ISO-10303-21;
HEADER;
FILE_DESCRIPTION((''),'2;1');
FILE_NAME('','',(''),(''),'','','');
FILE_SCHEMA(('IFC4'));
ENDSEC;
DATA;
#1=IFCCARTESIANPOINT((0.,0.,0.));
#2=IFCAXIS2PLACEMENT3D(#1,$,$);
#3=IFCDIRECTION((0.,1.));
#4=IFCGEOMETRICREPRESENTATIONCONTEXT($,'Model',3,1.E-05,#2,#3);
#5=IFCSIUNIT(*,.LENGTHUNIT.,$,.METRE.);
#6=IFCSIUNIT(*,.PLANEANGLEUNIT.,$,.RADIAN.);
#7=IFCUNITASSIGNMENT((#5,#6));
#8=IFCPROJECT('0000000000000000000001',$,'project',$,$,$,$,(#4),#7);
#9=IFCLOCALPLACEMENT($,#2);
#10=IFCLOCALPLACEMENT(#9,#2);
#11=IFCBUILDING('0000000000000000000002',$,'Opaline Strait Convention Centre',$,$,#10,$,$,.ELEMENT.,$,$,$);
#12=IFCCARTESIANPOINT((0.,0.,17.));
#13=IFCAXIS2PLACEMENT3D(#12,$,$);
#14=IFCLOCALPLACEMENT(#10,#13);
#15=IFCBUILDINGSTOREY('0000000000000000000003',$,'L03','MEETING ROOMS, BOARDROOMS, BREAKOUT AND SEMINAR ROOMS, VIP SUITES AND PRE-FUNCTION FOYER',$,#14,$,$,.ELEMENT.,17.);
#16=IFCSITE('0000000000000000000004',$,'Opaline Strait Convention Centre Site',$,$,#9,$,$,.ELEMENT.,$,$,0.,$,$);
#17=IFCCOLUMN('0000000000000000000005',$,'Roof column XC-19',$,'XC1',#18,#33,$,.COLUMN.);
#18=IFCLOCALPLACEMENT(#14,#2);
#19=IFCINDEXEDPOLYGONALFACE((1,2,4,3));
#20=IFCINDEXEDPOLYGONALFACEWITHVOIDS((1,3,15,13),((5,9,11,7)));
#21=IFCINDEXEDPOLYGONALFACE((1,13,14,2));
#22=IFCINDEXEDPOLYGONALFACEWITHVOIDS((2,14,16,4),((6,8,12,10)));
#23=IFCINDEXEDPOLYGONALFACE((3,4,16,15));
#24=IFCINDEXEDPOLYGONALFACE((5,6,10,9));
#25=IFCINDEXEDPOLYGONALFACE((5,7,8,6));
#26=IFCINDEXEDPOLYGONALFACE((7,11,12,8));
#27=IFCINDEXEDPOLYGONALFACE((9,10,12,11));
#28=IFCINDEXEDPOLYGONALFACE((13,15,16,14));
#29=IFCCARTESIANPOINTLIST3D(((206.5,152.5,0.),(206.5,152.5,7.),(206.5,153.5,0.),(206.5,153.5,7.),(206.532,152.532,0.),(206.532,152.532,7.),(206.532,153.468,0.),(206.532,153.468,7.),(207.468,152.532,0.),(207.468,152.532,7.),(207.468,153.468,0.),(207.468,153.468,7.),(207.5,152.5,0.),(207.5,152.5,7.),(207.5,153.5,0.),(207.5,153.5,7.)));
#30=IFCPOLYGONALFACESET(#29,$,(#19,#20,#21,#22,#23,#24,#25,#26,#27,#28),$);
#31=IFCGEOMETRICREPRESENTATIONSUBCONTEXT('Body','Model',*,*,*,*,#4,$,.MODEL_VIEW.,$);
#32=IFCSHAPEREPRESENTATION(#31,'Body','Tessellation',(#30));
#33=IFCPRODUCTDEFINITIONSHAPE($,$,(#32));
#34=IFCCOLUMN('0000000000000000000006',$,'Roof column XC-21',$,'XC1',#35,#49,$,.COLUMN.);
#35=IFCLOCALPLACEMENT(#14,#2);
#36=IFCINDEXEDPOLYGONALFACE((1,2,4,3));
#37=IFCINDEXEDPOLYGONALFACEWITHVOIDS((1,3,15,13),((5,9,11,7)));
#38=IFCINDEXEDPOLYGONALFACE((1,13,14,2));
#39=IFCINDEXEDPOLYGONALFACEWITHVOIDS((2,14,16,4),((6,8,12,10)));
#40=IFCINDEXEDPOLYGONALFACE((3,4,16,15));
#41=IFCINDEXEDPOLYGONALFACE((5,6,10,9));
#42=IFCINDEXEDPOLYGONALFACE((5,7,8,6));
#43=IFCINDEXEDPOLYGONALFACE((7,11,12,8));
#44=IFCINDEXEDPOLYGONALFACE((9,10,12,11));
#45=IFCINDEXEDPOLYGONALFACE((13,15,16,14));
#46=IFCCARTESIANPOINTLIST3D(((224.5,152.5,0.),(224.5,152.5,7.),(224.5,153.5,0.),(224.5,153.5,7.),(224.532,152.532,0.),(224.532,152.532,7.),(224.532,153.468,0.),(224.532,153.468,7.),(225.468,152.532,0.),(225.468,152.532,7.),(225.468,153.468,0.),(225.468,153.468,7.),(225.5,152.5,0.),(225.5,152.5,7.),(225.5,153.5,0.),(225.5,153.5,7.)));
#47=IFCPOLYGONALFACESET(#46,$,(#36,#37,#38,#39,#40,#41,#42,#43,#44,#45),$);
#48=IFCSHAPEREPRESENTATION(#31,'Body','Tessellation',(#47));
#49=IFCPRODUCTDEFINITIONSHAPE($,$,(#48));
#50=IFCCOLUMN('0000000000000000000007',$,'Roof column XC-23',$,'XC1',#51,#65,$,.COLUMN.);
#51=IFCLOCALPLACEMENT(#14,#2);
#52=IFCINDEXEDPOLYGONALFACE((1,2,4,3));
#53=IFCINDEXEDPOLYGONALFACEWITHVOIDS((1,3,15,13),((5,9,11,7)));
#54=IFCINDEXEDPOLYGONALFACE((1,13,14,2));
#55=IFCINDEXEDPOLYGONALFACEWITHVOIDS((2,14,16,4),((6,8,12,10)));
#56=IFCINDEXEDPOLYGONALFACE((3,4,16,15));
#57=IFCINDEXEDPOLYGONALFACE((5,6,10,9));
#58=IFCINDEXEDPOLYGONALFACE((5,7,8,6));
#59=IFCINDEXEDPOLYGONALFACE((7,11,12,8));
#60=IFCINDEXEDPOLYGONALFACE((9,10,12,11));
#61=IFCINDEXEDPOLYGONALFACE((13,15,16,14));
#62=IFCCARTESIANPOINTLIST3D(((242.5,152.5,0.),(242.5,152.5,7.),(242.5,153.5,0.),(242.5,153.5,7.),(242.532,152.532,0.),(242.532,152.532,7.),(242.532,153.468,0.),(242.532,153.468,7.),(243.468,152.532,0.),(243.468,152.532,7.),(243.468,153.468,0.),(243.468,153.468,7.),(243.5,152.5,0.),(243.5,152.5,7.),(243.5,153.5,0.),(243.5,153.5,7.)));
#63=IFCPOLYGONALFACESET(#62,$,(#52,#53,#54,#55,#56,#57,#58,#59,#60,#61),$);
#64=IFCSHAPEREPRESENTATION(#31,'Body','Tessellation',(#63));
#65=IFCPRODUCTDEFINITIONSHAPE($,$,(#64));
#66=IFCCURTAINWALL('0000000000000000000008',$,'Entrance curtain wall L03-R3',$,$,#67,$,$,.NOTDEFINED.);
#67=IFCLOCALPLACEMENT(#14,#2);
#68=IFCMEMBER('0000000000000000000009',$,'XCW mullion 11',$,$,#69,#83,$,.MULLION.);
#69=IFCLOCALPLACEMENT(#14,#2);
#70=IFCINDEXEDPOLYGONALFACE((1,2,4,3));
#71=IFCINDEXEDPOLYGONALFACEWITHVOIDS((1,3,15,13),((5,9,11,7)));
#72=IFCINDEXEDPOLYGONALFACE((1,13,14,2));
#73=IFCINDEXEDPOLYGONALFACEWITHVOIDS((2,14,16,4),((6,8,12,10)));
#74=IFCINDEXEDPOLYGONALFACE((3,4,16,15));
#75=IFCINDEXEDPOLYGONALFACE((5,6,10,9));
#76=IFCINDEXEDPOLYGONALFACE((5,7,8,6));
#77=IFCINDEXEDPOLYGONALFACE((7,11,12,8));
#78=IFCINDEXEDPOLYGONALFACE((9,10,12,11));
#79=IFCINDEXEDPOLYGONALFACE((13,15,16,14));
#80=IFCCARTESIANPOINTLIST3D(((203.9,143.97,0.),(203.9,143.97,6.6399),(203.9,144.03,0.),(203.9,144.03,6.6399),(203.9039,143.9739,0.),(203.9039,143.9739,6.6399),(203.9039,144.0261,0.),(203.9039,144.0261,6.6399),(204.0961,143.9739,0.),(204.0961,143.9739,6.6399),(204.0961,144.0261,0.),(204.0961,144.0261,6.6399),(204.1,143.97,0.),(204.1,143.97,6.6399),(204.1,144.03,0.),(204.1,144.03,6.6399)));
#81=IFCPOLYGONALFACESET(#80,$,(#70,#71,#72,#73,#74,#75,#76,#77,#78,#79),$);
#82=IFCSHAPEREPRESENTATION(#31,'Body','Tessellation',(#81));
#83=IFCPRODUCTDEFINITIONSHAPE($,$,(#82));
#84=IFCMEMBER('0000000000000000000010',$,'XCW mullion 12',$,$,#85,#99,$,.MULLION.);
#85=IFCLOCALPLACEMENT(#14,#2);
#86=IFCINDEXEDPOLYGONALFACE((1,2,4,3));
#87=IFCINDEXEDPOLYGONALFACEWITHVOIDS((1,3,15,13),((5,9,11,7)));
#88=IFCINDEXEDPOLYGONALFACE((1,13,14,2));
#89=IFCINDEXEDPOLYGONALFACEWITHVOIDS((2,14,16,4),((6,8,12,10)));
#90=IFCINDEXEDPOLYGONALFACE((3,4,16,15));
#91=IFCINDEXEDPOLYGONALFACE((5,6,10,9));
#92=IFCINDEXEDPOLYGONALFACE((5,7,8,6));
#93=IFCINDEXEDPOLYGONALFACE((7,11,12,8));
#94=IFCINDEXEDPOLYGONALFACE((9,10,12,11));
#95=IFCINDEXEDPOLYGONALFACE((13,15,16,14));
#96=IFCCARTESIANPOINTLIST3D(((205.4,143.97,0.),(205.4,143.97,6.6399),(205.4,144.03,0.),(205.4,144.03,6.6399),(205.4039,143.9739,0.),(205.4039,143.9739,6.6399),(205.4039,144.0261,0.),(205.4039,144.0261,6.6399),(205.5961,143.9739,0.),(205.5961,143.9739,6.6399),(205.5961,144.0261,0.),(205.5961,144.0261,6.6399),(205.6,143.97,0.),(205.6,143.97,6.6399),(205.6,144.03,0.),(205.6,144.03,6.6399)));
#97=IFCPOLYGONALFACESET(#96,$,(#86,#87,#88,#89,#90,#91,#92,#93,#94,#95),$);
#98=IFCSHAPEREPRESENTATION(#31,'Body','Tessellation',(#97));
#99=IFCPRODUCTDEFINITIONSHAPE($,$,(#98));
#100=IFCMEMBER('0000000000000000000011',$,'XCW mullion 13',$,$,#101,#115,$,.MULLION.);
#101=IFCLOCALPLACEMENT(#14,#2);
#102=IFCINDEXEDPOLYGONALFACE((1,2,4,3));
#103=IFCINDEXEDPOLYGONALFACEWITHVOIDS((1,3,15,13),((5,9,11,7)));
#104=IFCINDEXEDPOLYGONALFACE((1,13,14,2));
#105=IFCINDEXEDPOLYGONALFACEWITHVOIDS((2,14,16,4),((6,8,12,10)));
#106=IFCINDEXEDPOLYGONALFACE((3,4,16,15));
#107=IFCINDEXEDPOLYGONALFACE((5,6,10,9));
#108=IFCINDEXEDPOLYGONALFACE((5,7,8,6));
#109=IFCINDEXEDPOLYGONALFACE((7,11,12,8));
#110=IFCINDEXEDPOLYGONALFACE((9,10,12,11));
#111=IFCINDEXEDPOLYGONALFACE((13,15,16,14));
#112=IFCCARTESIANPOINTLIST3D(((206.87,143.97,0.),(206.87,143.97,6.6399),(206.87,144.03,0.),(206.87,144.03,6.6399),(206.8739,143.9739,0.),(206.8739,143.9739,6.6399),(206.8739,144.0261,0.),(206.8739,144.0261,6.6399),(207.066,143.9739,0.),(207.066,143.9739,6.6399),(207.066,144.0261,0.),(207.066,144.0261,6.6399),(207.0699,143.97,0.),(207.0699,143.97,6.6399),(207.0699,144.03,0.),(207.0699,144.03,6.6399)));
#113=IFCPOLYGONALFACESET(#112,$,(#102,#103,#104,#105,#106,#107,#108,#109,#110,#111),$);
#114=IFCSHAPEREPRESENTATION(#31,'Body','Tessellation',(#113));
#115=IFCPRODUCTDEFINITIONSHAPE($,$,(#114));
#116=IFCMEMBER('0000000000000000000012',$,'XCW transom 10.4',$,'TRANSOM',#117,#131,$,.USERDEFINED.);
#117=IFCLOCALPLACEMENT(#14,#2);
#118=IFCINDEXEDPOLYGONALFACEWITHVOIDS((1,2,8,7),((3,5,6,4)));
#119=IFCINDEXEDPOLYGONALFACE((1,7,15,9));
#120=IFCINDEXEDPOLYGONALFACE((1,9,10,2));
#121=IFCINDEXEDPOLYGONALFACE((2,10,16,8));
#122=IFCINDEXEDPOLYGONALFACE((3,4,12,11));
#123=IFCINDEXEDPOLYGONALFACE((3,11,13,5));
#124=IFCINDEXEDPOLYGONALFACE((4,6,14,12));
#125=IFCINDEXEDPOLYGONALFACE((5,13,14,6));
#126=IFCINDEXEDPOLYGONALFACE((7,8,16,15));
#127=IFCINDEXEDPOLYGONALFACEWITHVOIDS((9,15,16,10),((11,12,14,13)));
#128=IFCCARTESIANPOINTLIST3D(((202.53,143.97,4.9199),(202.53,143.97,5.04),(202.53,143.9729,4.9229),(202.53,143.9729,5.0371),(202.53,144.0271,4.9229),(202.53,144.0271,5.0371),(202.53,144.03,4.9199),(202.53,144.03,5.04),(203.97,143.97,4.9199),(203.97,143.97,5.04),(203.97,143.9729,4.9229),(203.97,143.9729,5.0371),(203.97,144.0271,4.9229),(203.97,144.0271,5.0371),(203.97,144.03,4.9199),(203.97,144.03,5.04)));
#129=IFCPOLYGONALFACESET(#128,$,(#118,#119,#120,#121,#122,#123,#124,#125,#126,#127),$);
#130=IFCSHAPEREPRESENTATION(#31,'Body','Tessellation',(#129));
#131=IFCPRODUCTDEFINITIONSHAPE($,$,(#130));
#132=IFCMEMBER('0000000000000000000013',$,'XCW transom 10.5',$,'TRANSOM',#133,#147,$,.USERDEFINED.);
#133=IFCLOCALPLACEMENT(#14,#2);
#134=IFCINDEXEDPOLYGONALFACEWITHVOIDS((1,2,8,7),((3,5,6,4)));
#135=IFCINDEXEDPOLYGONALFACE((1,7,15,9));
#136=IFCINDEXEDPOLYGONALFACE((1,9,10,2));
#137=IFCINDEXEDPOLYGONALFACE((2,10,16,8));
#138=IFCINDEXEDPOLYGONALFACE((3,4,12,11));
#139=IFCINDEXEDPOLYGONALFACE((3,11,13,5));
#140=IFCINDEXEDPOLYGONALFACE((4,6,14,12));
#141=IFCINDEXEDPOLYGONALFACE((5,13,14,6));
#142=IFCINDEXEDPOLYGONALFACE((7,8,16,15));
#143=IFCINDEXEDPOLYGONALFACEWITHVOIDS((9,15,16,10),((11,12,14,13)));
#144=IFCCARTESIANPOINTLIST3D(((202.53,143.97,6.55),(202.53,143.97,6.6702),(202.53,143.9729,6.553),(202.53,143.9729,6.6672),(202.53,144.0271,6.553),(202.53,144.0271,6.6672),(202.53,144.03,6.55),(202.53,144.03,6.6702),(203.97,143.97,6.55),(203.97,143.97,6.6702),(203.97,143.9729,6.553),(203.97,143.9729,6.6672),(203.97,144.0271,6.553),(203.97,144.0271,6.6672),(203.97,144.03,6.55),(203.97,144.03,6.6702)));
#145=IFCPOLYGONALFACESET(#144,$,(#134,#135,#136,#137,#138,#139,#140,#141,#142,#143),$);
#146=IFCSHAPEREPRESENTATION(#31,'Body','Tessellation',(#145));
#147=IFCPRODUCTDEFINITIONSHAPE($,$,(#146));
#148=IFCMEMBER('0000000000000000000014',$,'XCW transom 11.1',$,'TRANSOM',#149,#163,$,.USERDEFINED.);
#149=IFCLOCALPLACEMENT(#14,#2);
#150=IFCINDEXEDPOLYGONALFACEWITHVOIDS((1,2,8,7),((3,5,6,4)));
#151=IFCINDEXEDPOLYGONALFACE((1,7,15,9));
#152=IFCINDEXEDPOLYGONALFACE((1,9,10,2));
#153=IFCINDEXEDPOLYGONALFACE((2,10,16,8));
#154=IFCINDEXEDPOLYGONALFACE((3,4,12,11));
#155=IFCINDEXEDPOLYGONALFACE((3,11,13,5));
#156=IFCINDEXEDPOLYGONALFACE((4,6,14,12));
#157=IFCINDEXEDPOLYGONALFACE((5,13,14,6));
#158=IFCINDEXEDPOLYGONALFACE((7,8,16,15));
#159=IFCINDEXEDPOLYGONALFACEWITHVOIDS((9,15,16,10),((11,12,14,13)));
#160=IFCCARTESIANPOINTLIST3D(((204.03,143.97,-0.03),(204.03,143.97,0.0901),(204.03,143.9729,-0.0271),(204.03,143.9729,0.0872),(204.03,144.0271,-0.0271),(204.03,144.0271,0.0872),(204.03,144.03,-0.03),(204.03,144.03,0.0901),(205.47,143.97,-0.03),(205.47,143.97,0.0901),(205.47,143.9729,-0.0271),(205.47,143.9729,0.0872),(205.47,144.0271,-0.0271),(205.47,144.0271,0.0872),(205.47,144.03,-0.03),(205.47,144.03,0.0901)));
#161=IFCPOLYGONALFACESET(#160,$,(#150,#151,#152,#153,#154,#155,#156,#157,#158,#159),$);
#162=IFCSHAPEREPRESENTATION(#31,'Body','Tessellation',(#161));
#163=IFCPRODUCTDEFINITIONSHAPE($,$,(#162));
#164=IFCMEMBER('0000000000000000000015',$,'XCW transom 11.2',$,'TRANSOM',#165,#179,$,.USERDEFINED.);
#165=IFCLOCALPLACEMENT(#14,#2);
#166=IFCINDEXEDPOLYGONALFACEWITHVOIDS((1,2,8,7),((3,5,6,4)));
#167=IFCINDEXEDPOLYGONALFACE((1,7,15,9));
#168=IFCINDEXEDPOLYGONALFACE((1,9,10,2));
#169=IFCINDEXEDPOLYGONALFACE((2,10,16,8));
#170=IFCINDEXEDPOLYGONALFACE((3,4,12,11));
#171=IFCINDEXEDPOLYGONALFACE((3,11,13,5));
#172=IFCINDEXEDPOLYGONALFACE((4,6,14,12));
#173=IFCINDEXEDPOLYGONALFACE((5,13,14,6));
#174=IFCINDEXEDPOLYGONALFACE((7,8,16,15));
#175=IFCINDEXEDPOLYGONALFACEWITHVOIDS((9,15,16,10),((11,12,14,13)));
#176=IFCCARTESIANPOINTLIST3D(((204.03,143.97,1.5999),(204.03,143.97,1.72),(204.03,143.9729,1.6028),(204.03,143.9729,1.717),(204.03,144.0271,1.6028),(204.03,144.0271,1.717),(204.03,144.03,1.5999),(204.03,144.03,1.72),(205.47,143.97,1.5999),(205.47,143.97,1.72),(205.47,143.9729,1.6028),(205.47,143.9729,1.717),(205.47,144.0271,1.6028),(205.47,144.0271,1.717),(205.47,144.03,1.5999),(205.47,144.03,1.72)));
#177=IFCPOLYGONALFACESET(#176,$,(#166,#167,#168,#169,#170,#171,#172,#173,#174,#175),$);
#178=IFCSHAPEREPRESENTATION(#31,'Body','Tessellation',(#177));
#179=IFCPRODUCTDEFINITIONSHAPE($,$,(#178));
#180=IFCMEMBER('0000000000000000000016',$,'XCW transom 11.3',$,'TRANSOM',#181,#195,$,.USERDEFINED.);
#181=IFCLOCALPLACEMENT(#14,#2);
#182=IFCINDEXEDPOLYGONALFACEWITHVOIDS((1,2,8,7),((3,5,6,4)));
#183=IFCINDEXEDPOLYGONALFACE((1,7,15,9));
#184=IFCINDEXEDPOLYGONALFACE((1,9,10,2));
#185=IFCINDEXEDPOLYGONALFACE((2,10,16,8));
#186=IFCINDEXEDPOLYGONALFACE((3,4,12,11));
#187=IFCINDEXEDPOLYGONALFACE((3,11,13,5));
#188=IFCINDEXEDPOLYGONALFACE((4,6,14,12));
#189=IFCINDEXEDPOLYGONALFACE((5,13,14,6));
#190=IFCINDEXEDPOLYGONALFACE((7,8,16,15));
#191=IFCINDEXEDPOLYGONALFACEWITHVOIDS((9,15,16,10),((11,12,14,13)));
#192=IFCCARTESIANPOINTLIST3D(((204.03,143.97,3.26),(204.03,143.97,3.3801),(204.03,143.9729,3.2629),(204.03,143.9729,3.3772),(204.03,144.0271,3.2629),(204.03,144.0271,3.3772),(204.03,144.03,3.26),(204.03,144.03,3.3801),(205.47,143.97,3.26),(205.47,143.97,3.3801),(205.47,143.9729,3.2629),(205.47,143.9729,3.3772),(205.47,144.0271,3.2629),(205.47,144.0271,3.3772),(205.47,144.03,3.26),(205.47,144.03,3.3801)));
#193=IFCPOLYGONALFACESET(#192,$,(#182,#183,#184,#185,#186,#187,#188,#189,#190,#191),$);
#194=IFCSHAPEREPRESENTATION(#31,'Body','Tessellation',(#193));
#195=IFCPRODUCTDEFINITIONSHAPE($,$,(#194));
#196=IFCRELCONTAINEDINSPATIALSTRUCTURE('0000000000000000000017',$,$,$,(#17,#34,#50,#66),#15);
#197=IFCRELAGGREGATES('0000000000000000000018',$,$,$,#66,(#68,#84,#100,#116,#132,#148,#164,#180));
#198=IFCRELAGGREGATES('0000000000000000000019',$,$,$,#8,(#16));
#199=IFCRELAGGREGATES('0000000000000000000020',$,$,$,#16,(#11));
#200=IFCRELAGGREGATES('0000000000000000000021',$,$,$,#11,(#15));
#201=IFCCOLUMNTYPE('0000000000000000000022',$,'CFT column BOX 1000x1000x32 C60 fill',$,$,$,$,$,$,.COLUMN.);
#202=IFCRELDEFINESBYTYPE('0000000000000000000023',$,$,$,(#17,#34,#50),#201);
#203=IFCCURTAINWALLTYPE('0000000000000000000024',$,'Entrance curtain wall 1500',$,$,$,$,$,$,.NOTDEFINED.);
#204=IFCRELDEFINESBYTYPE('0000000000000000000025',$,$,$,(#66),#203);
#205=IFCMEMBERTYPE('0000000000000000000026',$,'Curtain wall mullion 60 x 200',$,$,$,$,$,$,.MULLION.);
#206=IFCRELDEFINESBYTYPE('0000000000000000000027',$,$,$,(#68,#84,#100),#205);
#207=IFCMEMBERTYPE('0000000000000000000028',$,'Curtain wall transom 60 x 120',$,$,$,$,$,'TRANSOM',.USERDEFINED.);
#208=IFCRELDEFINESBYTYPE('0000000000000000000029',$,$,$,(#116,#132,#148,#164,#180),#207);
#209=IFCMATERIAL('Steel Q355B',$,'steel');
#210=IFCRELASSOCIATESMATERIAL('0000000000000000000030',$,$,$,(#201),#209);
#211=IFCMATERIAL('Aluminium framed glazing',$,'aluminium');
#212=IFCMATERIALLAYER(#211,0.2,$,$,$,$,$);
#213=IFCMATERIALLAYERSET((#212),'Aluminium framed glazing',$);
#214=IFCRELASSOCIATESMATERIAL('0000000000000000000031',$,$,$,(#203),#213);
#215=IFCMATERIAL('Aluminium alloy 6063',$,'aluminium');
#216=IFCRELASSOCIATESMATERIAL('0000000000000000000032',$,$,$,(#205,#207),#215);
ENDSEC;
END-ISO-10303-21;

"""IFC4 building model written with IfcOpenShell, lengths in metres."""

from ifc_helpers import new_model, si_unit, direction, frame, origin, origin_2d, place, context, subcontext, project, spatial, hollow_rectangle, extrude, material, layer, layer_set, material_profile, profile_set, type_object, element, aggregate, save


model = new_model("IFC4")

# Units and contexts
model_context = context("Model", 3, precision=1e-05, world=origin(), true_north=direction((0.0, 1.0)))
body_context = subcontext(model_context, "Body", "Model", "MODEL_VIEW")
ifc_project = project(units=[si_unit("LENGTHUNIT", "METRE"), si_unit("PLANEANGLEUNIT", "RADIAN")], contexts=[model_context])

# Site, building, storey
site_placement = place(None, origin())
site = spatial("IfcSite", under=ifc_project, at=site_placement, Name="Opaline Strait Convention Centre Site", CompositionType="ELEMENT", RefElevation=0.0)
building_placement = place(site_placement, origin())
building = spatial("IfcBuilding", under=site, at=building_placement, Name="Opaline Strait Convention Centre", CompositionType="ELEMENT")
storey_placement = place(building_placement, frame((0.0, 0.0, 17.0)))
storey = spatial("IfcBuildingStorey", under=building, at=storey_placement, Name="L03", Description="MEETING ROOMS, BOARDROOMS, BREAKOUT AND SEMINAR ROOMS, VIP SUITES AND PRE-FUNCTION FOYER", CompositionType="ELEMENT", Elevation=17.0)

# Columns
ifc_material_1 = material(Name="Steel Q355B", Category="steel")
ifc_material_profile_1 = material_profile(ifc_material_1, hollow_rectangle(XDim=1.0, YDim=1.0, WallThickness=0.032, at=origin_2d()), Name="BOX 1000x1000x32")
ifc_profile_set_1 = profile_set([ifc_material_profile_1], Name="Steel Q355B")
column_type = type_object("IfcColumnType", Name="CFT column BOX 1000x1000x32 C60 fill", PredefinedType="COLUMN", material=ifc_profile_set_1)
for number, where, z_axis, x_axis, name in (
    (1, (207.0, 153.0, 0.0), (0.0, 0.0, 1.0), (1.0, 0.0, 0.0), "Roof column XC-19"),
    (2, (225.0, 153.0, 0.0), (0.0, 0.0, 1.0), (1.0, 0.0, 0.0), "Roof column XC-21"),
    (3, (243.0, 153.0, 0.0), (0.0, 0.0, 1.0), (1.0, 0.0, 0.0), "Roof column XC-23"),
):
    element("IfcColumn", number, at=place(storey_placement, frame(where, z_axis=z_axis, x_axis=x_axis)), inside=storey, type_object=column_type, Name=name, ObjectType="XC1", PredefinedType="COLUMN", context=body_context, shape_type="SweptSolid", body=[
        extrude(hollow_rectangle(XDim=1.0, YDim=1.0, WallThickness=0.032, at=origin_2d()), origin(), (0.0, 0.0, 1.0), 7.0),
    ])

# Curtain wall, members
ifc_material_2 = material(Name="Aluminium framed glazing", Category="aluminium")
ifc_layer_1 = layer(ifc_material_2, 0.2)
ifc_layer_set_1 = layer_set([ifc_layer_1], Name="Aluminium framed glazing")
curtain_wall_type = type_object("IfcCurtainWallType", Name="Entrance curtain wall 1500", PredefinedType="NOTDEFINED", material=ifc_layer_set_1)
curtain_wall_placement = place(storey_placement, origin())
curtain_wall = element("IfcCurtainWall", 4, at=curtain_wall_placement, inside=storey, type_object=curtain_wall_type, Name="Entrance curtain wall L03-R3", PredefinedType="NOTDEFINED")
ifc_material_3 = material(Name="Aluminium alloy 6063", Category="aluminium")
ifc_material_profile_2 = material_profile(ifc_material_3, hollow_rectangle(XDim=0.0601, YDim=0.2, WallThickness=0.0039, at=origin_2d()), Name="MULLION 60x200x4")
ifc_profile_set_2 = profile_set([ifc_material_profile_2], Name="Aluminium alloy 6063")
member_type_1 = type_object("IfcMemberType", Name="Curtain wall mullion 60 x 200", PredefinedType="MULLION", material=ifc_profile_set_2)
member_1_placement = place(storey_placement, frame((204.0, 144.0, 0.0), z_axis=(0.0, 0.0, 1.0), x_axis=(0.0, 1.0, 0.0)))
member_1 = element("IfcMember", 5, at=member_1_placement, type_object=member_type_1, Name="XCW mullion 11", PredefinedType="MULLION", context=body_context, shape_type="SweptSolid", body=[
    extrude(hollow_rectangle(XDim=0.0601, YDim=0.2, WallThickness=0.0039, at=origin_2d()), origin(), (0.0, 0.0, 1.0), 6.6399),
])
member_2_placement = place(storey_placement, frame((205.5, 144.0, 0.0), z_axis=(0.0, 0.0, 1.0), x_axis=(0.0, 1.0, 0.0)))
member_2 = element("IfcMember", 6, at=member_2_placement, type_object=member_type_1, Name="XCW mullion 12", PredefinedType="MULLION", context=body_context, shape_type="SweptSolid", body=[
    extrude(hollow_rectangle(XDim=0.0601, YDim=0.2, WallThickness=0.0039, at=origin_2d()), origin(), (0.0, 0.0, 1.0), 6.6399),
])
member_3_placement = place(storey_placement, frame((206.97, 144.0, 0.0), z_axis=(0.0, 0.0, 1.0), x_axis=(0.0, 1.0, 0.0)))
member_3 = element("IfcMember", 7, at=member_3_placement, type_object=member_type_1, Name="XCW mullion 13", PredefinedType="MULLION", context=body_context, shape_type="SweptSolid", body=[
    extrude(hollow_rectangle(XDim=0.0601, YDim=0.2, WallThickness=0.0039, at=origin_2d()), origin(), (0.0, 0.0, 1.0), 6.6399),
])
ifc_material_profile_3 = material_profile(ifc_material_3, hollow_rectangle(XDim=0.0601, YDim=0.1201, WallThickness=0.0029, at=origin_2d()), Name="TRANSOM 60x120x3")
ifc_profile_set_3 = profile_set([ifc_material_profile_3], Name="Aluminium alloy 6063")
member_type_2 = type_object("IfcMemberType", Name="Curtain wall transom 60 x 120", ElementType="TRANSOM", PredefinedType="USERDEFINED", material=ifc_profile_set_3)
member_4_placement = place(storey_placement, frame((202.53, 144.0, 4.98), z_axis=(1.0, 0.0, 0.0), x_axis=(0.0, 1.0, 0.0)))
member_4 = element("IfcMember", 8, at=member_4_placement, type_object=member_type_2, Name="XCW transom 10.4", ObjectType="TRANSOM", PredefinedType="USERDEFINED", context=body_context, shape_type="SweptSolid", body=[
    extrude(hollow_rectangle(XDim=0.0601, YDim=0.1201, WallThickness=0.0029, at=origin_2d()), origin(), (0.0, 0.0, 1.0), 1.4399),
])
member_5_placement = place(storey_placement, frame((202.53, 144.0, 6.6101), z_axis=(1.0, 0.0, 0.0), x_axis=(0.0, 1.0, 0.0)))
member_5 = element("IfcMember", 9, at=member_5_placement, type_object=member_type_2, Name="XCW transom 10.5", ObjectType="TRANSOM", PredefinedType="USERDEFINED", context=body_context, shape_type="SweptSolid", body=[
    extrude(hollow_rectangle(XDim=0.0601, YDim=0.1201, WallThickness=0.0029, at=origin_2d()), origin(), (0.0, 0.0, 1.0), 1.4399),
])
member_6_placement = place(storey_placement, frame((204.03, 144.0, 0.03), z_axis=(1.0, 0.0, 0.0), x_axis=(0.0, 1.0, 0.0)))
member_6 = element("IfcMember", 10, at=member_6_placement, type_object=member_type_2, Name="XCW transom 11.1", ObjectType="TRANSOM", PredefinedType="USERDEFINED", context=body_context, shape_type="SweptSolid", body=[
    extrude(hollow_rectangle(XDim=0.0601, YDim=0.1201, WallThickness=0.0029, at=origin_2d()), origin(), (0.0, 0.0, 1.0), 1.4399),
])
member_7_placement = place(storey_placement, frame((204.03, 144.0, 1.6599), z_axis=(1.0, 0.0, 0.0), x_axis=(0.0, 1.0, 0.0)))
member_7 = element("IfcMember", 11, at=member_7_placement, type_object=member_type_2, Name="XCW transom 11.2", ObjectType="TRANSOM", PredefinedType="USERDEFINED", context=body_context, shape_type="SweptSolid", body=[
    extrude(hollow_rectangle(XDim=0.0601, YDim=0.1201, WallThickness=0.0029, at=origin_2d()), origin(), (0.0, 0.0, 1.0), 1.4399),
])
member_8_placement = place(storey_placement, frame((204.03, 144.0, 3.3201), z_axis=(1.0, 0.0, 0.0), x_axis=(0.0, 1.0, 0.0)))
member_8 = element("IfcMember", 12, at=member_8_placement, type_object=member_type_2, Name="XCW transom 11.3", ObjectType="TRANSOM", PredefinedType="USERDEFINED", context=body_context, shape_type="SweptSolid", body=[
    extrude(hollow_rectangle(XDim=0.0601, YDim=0.1201, WallThickness=0.0029, at=origin_2d()), origin(), (0.0, 0.0, 1.0), 1.4399),
])
aggregate(curtain_wall, [member_1, member_2, member_3, member_4, member_5, member_6, member_7, member_8])

save(model, "model.ifc")
